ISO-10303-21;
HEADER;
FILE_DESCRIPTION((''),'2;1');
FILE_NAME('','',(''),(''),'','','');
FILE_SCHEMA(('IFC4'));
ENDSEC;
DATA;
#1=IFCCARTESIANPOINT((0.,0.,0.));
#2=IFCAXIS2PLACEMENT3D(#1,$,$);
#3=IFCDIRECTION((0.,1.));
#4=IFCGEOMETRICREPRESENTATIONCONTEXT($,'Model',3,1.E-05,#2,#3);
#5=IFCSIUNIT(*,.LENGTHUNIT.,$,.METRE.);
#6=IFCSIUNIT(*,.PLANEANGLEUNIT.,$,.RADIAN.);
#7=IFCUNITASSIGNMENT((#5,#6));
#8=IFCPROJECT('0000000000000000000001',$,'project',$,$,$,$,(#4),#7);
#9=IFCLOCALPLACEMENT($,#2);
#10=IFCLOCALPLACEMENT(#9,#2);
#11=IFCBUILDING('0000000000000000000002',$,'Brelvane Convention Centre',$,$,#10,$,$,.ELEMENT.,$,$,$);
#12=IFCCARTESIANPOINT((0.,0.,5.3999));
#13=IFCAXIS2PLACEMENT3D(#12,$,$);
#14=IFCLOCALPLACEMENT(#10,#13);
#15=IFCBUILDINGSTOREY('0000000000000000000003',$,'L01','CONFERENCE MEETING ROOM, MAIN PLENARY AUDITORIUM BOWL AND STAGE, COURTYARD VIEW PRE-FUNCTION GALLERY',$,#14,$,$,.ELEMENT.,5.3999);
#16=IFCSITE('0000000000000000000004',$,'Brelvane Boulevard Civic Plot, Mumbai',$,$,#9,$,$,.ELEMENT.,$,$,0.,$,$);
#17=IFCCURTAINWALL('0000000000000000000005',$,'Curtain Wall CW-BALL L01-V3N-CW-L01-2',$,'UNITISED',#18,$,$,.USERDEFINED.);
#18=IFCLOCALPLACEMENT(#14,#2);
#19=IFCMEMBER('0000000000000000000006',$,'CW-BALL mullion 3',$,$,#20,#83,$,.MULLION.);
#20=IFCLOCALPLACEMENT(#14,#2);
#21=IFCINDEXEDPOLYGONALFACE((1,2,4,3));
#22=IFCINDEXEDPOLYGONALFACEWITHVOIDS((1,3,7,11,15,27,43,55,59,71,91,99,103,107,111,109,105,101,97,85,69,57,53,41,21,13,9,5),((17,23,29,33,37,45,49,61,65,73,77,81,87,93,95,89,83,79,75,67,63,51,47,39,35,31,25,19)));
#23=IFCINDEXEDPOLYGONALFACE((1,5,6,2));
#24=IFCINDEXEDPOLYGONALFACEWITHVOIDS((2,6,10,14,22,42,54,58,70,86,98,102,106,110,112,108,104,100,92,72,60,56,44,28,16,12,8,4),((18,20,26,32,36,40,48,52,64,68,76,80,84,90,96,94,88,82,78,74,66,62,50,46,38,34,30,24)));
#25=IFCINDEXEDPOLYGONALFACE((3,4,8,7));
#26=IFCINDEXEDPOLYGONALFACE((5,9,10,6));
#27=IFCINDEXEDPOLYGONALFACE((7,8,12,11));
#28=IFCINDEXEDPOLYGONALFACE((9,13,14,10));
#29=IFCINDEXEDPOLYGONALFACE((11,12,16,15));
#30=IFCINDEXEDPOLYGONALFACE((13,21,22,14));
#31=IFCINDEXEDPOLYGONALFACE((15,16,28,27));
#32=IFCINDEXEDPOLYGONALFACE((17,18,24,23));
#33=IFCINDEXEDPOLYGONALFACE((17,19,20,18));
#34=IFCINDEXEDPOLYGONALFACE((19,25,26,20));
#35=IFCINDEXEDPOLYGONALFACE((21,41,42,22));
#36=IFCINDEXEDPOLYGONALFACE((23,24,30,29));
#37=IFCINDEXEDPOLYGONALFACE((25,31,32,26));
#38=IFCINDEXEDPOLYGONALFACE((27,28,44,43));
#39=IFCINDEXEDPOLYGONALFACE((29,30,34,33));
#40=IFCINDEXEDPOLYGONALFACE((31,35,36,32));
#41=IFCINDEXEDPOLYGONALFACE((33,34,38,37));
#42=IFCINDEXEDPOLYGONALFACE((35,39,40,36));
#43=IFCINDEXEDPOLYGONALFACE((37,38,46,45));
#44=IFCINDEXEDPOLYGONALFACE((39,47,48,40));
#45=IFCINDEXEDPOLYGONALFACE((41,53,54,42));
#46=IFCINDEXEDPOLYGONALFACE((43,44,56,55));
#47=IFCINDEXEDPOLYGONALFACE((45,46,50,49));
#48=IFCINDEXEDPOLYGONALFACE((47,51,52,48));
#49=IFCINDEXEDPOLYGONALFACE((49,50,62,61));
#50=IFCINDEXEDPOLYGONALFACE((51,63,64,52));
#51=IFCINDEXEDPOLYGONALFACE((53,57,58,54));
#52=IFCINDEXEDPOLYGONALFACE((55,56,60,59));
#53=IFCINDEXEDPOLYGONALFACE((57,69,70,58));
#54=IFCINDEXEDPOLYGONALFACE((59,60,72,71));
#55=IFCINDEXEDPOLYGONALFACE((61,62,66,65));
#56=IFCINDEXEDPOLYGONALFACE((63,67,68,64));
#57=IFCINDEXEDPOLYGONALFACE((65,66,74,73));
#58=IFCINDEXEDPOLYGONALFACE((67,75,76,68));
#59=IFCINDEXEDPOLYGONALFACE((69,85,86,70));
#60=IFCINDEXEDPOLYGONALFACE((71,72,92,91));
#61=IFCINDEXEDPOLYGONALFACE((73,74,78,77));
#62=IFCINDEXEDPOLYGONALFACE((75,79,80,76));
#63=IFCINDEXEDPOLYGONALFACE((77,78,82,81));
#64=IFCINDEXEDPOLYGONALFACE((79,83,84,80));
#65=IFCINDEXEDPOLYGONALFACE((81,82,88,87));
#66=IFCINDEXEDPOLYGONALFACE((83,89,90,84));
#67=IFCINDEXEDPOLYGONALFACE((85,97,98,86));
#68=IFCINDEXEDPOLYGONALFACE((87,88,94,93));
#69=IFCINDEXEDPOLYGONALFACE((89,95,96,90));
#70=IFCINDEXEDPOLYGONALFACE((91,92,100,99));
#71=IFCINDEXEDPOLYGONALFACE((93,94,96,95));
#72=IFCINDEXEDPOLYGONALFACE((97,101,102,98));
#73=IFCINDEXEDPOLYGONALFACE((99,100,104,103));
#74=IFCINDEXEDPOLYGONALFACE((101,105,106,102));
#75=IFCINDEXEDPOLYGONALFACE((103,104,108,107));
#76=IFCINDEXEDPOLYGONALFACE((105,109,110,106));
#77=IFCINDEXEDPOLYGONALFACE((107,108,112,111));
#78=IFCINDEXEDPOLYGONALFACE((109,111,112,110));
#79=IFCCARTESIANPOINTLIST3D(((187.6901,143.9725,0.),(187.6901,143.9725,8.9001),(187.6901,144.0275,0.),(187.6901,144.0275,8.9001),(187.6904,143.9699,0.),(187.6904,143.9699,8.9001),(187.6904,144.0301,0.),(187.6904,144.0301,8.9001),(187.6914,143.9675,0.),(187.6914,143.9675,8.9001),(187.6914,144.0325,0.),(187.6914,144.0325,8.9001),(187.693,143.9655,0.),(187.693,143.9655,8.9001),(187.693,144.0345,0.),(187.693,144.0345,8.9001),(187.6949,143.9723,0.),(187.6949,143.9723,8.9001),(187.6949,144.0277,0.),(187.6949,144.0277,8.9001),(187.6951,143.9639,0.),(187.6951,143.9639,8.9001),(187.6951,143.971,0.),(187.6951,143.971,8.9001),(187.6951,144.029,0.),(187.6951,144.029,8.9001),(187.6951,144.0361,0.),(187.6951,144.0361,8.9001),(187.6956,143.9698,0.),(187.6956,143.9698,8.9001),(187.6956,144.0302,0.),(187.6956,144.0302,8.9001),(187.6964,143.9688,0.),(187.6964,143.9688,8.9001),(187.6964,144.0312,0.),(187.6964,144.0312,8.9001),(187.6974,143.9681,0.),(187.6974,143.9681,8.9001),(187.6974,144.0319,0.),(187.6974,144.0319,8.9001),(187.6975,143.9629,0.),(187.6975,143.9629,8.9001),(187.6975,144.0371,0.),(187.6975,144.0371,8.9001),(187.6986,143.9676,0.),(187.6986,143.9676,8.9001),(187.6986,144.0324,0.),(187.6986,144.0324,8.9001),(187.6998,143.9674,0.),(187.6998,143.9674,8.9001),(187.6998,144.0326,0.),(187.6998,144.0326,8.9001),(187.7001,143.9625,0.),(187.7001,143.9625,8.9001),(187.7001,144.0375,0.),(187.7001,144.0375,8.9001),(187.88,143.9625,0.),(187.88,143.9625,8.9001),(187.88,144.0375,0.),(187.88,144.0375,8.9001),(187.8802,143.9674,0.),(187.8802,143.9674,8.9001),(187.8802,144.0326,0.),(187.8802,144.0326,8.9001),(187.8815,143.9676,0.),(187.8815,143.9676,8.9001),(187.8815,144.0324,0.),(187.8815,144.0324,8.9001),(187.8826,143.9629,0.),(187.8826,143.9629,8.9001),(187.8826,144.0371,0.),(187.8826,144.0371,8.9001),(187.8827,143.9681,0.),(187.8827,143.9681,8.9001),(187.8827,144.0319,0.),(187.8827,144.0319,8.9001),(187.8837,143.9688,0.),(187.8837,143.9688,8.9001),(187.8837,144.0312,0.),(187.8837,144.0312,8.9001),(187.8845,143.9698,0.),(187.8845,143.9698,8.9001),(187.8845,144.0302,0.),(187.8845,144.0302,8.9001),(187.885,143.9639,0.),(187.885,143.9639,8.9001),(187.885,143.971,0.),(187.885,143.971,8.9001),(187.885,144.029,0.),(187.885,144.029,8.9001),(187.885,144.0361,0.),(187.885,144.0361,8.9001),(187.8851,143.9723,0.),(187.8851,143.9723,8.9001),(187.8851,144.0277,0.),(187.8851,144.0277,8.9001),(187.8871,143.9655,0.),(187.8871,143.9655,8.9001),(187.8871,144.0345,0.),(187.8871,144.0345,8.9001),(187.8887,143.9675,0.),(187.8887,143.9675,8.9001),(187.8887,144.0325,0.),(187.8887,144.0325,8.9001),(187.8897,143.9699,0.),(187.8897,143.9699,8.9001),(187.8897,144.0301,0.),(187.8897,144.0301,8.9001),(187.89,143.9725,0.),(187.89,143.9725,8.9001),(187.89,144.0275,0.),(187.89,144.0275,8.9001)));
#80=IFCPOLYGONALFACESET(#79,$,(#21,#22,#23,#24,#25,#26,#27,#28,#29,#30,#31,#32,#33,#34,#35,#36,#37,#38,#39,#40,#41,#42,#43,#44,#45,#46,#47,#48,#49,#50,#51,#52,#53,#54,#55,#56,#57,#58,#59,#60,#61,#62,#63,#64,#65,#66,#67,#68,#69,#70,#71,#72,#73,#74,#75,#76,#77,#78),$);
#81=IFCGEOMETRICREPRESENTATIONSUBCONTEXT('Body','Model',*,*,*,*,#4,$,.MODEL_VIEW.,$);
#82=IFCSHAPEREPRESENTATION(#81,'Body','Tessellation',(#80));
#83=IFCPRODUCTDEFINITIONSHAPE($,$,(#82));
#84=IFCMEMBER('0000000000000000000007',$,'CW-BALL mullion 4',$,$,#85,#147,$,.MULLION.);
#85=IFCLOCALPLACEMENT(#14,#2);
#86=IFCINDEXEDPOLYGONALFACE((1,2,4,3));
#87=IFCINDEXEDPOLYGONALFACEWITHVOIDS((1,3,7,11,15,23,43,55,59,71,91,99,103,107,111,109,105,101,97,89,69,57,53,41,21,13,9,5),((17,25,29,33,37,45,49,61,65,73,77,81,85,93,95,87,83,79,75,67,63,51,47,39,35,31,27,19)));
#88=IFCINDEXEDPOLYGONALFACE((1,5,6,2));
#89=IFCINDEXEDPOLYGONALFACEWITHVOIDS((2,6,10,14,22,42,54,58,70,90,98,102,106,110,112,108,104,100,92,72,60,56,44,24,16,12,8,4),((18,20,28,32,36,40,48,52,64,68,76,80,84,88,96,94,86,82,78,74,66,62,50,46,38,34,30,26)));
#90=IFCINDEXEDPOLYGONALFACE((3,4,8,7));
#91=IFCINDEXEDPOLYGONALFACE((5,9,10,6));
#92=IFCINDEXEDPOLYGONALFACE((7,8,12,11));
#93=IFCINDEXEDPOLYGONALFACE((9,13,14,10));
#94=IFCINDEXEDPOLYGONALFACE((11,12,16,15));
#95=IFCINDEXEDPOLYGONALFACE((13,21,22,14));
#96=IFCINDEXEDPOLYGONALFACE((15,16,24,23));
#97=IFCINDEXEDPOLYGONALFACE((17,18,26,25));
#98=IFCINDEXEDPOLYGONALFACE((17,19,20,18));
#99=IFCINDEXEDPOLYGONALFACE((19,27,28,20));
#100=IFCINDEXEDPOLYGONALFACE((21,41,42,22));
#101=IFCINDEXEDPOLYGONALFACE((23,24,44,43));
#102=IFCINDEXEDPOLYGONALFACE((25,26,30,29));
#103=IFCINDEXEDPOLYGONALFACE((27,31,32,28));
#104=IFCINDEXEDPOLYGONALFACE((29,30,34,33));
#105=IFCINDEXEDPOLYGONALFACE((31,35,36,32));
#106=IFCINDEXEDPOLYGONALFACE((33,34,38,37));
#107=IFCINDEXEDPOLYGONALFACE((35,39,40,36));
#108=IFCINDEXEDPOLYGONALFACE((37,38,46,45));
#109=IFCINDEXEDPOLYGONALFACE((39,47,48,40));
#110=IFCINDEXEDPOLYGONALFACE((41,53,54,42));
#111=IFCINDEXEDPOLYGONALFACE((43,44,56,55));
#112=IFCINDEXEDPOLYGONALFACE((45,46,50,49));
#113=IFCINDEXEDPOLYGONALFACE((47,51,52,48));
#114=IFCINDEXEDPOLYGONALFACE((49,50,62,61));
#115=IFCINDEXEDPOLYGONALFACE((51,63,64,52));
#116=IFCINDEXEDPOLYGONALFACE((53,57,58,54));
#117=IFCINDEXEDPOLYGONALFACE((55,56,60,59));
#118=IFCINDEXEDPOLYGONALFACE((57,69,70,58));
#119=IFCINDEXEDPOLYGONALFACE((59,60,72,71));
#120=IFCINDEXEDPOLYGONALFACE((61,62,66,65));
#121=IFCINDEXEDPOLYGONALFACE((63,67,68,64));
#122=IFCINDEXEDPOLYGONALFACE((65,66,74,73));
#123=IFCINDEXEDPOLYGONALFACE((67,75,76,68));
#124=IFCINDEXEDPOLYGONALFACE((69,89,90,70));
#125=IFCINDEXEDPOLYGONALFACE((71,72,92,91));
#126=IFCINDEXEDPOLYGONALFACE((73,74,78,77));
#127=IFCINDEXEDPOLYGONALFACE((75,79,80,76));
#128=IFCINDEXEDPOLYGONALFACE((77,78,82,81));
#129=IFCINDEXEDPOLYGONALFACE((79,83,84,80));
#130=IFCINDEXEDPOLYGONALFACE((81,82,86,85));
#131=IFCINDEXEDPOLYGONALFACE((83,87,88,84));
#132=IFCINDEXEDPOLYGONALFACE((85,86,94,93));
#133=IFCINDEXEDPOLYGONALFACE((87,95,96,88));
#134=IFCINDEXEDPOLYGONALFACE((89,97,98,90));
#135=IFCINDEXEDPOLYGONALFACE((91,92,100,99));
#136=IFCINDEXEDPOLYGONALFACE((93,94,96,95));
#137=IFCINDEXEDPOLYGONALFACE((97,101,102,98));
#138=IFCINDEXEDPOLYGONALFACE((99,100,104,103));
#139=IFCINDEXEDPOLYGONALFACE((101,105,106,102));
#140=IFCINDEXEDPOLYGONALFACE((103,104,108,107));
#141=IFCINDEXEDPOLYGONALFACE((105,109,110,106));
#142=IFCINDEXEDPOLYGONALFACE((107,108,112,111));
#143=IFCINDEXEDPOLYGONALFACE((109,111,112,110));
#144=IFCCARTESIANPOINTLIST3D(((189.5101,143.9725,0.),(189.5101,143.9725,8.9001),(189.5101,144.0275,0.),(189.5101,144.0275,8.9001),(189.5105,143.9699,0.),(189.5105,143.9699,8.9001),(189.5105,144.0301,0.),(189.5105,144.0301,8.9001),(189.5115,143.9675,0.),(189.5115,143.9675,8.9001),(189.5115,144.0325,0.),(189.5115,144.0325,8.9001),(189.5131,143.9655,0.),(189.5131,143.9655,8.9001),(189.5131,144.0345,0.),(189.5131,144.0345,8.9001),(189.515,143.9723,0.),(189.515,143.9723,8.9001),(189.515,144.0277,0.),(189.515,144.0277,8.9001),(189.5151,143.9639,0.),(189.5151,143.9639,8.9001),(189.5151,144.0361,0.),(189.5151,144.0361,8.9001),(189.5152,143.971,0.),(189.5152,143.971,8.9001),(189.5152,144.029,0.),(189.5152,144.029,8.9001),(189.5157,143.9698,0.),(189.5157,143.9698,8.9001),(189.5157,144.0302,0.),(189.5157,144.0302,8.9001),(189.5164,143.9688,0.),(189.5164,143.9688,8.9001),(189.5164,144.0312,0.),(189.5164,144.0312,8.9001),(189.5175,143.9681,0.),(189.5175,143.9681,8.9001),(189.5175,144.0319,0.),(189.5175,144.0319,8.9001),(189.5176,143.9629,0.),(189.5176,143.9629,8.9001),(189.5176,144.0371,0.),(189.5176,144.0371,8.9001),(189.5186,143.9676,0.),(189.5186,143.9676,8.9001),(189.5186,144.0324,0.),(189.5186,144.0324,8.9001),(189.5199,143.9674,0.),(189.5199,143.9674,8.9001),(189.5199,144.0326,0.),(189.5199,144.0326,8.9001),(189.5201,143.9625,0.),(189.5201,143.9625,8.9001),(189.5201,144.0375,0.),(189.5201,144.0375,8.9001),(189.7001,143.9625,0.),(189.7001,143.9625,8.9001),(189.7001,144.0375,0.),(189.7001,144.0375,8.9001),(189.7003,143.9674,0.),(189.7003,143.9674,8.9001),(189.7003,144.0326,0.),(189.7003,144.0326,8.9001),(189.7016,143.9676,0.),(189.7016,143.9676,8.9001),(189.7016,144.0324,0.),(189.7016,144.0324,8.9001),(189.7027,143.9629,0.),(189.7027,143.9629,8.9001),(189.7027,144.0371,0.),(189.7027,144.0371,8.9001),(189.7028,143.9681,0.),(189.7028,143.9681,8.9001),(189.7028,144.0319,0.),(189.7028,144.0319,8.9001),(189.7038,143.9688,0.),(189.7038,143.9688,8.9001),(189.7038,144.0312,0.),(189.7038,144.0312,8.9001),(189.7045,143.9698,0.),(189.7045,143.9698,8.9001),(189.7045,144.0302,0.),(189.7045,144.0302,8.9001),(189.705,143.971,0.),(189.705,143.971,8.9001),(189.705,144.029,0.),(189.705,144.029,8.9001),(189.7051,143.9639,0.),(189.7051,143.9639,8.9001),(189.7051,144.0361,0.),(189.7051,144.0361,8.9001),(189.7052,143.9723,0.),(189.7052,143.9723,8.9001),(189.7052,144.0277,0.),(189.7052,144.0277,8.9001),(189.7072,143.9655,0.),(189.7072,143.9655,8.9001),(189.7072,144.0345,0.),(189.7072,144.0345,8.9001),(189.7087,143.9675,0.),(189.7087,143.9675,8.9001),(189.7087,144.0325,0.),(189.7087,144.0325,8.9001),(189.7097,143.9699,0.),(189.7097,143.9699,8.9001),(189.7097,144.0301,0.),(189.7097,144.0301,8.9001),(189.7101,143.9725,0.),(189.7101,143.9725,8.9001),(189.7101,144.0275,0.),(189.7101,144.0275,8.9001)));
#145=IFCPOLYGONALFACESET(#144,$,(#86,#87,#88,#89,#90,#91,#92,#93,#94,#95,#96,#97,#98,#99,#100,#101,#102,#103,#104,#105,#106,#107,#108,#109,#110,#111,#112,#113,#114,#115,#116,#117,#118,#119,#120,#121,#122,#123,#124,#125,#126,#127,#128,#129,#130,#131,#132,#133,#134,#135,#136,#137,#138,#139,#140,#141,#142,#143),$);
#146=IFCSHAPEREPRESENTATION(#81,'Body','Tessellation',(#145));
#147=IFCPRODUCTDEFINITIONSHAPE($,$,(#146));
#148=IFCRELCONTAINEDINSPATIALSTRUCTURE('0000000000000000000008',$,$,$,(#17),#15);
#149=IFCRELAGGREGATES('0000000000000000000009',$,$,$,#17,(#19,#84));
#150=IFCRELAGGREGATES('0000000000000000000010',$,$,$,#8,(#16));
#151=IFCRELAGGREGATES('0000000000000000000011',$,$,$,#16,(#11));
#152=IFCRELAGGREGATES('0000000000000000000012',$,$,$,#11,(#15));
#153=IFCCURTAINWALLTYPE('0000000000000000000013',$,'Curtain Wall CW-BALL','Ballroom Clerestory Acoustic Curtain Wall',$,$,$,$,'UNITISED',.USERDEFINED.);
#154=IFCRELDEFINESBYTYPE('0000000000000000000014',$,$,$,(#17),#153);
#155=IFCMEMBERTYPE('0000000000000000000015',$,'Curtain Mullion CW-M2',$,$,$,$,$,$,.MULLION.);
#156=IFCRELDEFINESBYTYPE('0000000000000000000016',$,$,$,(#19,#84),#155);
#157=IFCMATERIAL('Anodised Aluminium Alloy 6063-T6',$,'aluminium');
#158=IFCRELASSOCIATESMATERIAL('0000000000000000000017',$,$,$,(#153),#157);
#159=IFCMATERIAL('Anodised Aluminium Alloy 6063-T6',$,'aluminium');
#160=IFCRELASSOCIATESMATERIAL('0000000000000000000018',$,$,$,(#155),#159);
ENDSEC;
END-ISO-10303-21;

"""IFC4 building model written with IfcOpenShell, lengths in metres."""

from ifc_helpers import new_model, si_unit, direction, frame, origin, origin_2d, place, context, subcontext, project, spatial, hollow_rectangle, extrude, material, material_profile, profile_set, type_object, element, aggregate, save


model = new_model("IFC4")

# Units and contexts
model_context = context("Model", 3, precision=1e-05, world=origin(), true_north=direction((0.0, 1.0)))
body_context = subcontext(model_context, "Body", "Model", "MODEL_VIEW")
ifc_project = project(units=[si_unit("LENGTHUNIT", "METRE"), si_unit("PLANEANGLEUNIT", "RADIAN")], contexts=[model_context])

# Site, building, storey
site_placement = place(None, origin())
site = spatial("IfcSite", under=ifc_project, at=site_placement, Name="Brelvane Boulevard Civic Plot, Mumbai", CompositionType="ELEMENT", RefElevation=0.0)
building_placement = place(site_placement, origin())
building = spatial("IfcBuilding", under=site, at=building_placement, Name="Brelvane Convention Centre", CompositionType="ELEMENT")
storey_placement = place(building_placement, frame((0.0, 0.0, 5.3999)))
storey = spatial("IfcBuildingStorey", under=building, at=storey_placement, Name="L01", Description="CONFERENCE MEETING ROOM, MAIN PLENARY AUDITORIUM BOWL AND STAGE, COURTYARD VIEW PRE-FUNCTION GALLERY", CompositionType="ELEMENT", Elevation=5.3999)

# Curtain wall, members
ifc_material_1 = material(Name="Anodised Aluminium Alloy 6063-T6", Category="aluminium")
curtain_wall_type = type_object("IfcCurtainWallType", Name="Curtain Wall CW-BALL", Description="Ballroom Clerestory Acoustic Curtain Wall", ElementType="UNITISED", PredefinedType="USERDEFINED", material=ifc_material_1)
curtain_wall_placement = place(storey_placement, origin())
curtain_wall = element("IfcCurtainWall", 1, at=curtain_wall_placement, inside=storey, type_object=curtain_wall_type, Name="Curtain Wall CW-BALL L01-V3N-CW-L01-2", ObjectType="UNITISED", PredefinedType="USERDEFINED")
ifc_material_2 = material(Name="Anodised Aluminium Alloy 6063-T6", Category="aluminium")
ifc_material_profile_1 = material_profile(ifc_material_2, hollow_rectangle(XDim=0.075, YDim=0.2, WallThickness=0.0049, InnerFilletRadius=0.0049, OuterFilletRadius=0.01, at=origin_2d()), Name="ALU-M 200x75x5.0")
ifc_profile_set_1 = profile_set([ifc_material_profile_1], Name="Anodised Aluminium Alloy 6063-T6")
member_type_1 = type_object("IfcMemberType", Name="Curtain Mullion CW-M2", PredefinedType="MULLION", material=ifc_profile_set_1)
member_1_placement = place(storey_placement, frame((187.79, 144.0, 0.0), z_axis=(0.0, 0.0, 1.0), x_axis=(0.0, 1.0, 0.0)))
member_1 = element("IfcMember", 2, at=member_1_placement, type_object=member_type_1, Name="CW-BALL mullion 3", PredefinedType="MULLION", context=body_context, shape_type="SweptSolid", body=[
    extrude(hollow_rectangle(XDim=0.075, YDim=0.2, WallThickness=0.0049, InnerFilletRadius=0.0049, OuterFilletRadius=0.01, at=origin_2d()), origin(), (0.0, 0.0, 1.0), 8.9001),
])
member_2_placement = place(storey_placement, frame((189.6101, 144.0, 0.0), z_axis=(0.0, 0.0, 1.0), x_axis=(0.0, 1.0, 0.0)))
member_2 = element("IfcMember", 3, at=member_2_placement, type_object=member_type_1, Name="CW-BALL mullion 4", PredefinedType="MULLION", context=body_context, shape_type="SweptSolid", body=[
    extrude(hollow_rectangle(XDim=0.075, YDim=0.2, WallThickness=0.0049, InnerFilletRadius=0.0049, OuterFilletRadius=0.01, at=origin_2d()), origin(), (0.0, 0.0, 1.0), 8.9001),
])
aggregate(curtain_wall, [member_1, member_2])

save(model, "model.ifc")
